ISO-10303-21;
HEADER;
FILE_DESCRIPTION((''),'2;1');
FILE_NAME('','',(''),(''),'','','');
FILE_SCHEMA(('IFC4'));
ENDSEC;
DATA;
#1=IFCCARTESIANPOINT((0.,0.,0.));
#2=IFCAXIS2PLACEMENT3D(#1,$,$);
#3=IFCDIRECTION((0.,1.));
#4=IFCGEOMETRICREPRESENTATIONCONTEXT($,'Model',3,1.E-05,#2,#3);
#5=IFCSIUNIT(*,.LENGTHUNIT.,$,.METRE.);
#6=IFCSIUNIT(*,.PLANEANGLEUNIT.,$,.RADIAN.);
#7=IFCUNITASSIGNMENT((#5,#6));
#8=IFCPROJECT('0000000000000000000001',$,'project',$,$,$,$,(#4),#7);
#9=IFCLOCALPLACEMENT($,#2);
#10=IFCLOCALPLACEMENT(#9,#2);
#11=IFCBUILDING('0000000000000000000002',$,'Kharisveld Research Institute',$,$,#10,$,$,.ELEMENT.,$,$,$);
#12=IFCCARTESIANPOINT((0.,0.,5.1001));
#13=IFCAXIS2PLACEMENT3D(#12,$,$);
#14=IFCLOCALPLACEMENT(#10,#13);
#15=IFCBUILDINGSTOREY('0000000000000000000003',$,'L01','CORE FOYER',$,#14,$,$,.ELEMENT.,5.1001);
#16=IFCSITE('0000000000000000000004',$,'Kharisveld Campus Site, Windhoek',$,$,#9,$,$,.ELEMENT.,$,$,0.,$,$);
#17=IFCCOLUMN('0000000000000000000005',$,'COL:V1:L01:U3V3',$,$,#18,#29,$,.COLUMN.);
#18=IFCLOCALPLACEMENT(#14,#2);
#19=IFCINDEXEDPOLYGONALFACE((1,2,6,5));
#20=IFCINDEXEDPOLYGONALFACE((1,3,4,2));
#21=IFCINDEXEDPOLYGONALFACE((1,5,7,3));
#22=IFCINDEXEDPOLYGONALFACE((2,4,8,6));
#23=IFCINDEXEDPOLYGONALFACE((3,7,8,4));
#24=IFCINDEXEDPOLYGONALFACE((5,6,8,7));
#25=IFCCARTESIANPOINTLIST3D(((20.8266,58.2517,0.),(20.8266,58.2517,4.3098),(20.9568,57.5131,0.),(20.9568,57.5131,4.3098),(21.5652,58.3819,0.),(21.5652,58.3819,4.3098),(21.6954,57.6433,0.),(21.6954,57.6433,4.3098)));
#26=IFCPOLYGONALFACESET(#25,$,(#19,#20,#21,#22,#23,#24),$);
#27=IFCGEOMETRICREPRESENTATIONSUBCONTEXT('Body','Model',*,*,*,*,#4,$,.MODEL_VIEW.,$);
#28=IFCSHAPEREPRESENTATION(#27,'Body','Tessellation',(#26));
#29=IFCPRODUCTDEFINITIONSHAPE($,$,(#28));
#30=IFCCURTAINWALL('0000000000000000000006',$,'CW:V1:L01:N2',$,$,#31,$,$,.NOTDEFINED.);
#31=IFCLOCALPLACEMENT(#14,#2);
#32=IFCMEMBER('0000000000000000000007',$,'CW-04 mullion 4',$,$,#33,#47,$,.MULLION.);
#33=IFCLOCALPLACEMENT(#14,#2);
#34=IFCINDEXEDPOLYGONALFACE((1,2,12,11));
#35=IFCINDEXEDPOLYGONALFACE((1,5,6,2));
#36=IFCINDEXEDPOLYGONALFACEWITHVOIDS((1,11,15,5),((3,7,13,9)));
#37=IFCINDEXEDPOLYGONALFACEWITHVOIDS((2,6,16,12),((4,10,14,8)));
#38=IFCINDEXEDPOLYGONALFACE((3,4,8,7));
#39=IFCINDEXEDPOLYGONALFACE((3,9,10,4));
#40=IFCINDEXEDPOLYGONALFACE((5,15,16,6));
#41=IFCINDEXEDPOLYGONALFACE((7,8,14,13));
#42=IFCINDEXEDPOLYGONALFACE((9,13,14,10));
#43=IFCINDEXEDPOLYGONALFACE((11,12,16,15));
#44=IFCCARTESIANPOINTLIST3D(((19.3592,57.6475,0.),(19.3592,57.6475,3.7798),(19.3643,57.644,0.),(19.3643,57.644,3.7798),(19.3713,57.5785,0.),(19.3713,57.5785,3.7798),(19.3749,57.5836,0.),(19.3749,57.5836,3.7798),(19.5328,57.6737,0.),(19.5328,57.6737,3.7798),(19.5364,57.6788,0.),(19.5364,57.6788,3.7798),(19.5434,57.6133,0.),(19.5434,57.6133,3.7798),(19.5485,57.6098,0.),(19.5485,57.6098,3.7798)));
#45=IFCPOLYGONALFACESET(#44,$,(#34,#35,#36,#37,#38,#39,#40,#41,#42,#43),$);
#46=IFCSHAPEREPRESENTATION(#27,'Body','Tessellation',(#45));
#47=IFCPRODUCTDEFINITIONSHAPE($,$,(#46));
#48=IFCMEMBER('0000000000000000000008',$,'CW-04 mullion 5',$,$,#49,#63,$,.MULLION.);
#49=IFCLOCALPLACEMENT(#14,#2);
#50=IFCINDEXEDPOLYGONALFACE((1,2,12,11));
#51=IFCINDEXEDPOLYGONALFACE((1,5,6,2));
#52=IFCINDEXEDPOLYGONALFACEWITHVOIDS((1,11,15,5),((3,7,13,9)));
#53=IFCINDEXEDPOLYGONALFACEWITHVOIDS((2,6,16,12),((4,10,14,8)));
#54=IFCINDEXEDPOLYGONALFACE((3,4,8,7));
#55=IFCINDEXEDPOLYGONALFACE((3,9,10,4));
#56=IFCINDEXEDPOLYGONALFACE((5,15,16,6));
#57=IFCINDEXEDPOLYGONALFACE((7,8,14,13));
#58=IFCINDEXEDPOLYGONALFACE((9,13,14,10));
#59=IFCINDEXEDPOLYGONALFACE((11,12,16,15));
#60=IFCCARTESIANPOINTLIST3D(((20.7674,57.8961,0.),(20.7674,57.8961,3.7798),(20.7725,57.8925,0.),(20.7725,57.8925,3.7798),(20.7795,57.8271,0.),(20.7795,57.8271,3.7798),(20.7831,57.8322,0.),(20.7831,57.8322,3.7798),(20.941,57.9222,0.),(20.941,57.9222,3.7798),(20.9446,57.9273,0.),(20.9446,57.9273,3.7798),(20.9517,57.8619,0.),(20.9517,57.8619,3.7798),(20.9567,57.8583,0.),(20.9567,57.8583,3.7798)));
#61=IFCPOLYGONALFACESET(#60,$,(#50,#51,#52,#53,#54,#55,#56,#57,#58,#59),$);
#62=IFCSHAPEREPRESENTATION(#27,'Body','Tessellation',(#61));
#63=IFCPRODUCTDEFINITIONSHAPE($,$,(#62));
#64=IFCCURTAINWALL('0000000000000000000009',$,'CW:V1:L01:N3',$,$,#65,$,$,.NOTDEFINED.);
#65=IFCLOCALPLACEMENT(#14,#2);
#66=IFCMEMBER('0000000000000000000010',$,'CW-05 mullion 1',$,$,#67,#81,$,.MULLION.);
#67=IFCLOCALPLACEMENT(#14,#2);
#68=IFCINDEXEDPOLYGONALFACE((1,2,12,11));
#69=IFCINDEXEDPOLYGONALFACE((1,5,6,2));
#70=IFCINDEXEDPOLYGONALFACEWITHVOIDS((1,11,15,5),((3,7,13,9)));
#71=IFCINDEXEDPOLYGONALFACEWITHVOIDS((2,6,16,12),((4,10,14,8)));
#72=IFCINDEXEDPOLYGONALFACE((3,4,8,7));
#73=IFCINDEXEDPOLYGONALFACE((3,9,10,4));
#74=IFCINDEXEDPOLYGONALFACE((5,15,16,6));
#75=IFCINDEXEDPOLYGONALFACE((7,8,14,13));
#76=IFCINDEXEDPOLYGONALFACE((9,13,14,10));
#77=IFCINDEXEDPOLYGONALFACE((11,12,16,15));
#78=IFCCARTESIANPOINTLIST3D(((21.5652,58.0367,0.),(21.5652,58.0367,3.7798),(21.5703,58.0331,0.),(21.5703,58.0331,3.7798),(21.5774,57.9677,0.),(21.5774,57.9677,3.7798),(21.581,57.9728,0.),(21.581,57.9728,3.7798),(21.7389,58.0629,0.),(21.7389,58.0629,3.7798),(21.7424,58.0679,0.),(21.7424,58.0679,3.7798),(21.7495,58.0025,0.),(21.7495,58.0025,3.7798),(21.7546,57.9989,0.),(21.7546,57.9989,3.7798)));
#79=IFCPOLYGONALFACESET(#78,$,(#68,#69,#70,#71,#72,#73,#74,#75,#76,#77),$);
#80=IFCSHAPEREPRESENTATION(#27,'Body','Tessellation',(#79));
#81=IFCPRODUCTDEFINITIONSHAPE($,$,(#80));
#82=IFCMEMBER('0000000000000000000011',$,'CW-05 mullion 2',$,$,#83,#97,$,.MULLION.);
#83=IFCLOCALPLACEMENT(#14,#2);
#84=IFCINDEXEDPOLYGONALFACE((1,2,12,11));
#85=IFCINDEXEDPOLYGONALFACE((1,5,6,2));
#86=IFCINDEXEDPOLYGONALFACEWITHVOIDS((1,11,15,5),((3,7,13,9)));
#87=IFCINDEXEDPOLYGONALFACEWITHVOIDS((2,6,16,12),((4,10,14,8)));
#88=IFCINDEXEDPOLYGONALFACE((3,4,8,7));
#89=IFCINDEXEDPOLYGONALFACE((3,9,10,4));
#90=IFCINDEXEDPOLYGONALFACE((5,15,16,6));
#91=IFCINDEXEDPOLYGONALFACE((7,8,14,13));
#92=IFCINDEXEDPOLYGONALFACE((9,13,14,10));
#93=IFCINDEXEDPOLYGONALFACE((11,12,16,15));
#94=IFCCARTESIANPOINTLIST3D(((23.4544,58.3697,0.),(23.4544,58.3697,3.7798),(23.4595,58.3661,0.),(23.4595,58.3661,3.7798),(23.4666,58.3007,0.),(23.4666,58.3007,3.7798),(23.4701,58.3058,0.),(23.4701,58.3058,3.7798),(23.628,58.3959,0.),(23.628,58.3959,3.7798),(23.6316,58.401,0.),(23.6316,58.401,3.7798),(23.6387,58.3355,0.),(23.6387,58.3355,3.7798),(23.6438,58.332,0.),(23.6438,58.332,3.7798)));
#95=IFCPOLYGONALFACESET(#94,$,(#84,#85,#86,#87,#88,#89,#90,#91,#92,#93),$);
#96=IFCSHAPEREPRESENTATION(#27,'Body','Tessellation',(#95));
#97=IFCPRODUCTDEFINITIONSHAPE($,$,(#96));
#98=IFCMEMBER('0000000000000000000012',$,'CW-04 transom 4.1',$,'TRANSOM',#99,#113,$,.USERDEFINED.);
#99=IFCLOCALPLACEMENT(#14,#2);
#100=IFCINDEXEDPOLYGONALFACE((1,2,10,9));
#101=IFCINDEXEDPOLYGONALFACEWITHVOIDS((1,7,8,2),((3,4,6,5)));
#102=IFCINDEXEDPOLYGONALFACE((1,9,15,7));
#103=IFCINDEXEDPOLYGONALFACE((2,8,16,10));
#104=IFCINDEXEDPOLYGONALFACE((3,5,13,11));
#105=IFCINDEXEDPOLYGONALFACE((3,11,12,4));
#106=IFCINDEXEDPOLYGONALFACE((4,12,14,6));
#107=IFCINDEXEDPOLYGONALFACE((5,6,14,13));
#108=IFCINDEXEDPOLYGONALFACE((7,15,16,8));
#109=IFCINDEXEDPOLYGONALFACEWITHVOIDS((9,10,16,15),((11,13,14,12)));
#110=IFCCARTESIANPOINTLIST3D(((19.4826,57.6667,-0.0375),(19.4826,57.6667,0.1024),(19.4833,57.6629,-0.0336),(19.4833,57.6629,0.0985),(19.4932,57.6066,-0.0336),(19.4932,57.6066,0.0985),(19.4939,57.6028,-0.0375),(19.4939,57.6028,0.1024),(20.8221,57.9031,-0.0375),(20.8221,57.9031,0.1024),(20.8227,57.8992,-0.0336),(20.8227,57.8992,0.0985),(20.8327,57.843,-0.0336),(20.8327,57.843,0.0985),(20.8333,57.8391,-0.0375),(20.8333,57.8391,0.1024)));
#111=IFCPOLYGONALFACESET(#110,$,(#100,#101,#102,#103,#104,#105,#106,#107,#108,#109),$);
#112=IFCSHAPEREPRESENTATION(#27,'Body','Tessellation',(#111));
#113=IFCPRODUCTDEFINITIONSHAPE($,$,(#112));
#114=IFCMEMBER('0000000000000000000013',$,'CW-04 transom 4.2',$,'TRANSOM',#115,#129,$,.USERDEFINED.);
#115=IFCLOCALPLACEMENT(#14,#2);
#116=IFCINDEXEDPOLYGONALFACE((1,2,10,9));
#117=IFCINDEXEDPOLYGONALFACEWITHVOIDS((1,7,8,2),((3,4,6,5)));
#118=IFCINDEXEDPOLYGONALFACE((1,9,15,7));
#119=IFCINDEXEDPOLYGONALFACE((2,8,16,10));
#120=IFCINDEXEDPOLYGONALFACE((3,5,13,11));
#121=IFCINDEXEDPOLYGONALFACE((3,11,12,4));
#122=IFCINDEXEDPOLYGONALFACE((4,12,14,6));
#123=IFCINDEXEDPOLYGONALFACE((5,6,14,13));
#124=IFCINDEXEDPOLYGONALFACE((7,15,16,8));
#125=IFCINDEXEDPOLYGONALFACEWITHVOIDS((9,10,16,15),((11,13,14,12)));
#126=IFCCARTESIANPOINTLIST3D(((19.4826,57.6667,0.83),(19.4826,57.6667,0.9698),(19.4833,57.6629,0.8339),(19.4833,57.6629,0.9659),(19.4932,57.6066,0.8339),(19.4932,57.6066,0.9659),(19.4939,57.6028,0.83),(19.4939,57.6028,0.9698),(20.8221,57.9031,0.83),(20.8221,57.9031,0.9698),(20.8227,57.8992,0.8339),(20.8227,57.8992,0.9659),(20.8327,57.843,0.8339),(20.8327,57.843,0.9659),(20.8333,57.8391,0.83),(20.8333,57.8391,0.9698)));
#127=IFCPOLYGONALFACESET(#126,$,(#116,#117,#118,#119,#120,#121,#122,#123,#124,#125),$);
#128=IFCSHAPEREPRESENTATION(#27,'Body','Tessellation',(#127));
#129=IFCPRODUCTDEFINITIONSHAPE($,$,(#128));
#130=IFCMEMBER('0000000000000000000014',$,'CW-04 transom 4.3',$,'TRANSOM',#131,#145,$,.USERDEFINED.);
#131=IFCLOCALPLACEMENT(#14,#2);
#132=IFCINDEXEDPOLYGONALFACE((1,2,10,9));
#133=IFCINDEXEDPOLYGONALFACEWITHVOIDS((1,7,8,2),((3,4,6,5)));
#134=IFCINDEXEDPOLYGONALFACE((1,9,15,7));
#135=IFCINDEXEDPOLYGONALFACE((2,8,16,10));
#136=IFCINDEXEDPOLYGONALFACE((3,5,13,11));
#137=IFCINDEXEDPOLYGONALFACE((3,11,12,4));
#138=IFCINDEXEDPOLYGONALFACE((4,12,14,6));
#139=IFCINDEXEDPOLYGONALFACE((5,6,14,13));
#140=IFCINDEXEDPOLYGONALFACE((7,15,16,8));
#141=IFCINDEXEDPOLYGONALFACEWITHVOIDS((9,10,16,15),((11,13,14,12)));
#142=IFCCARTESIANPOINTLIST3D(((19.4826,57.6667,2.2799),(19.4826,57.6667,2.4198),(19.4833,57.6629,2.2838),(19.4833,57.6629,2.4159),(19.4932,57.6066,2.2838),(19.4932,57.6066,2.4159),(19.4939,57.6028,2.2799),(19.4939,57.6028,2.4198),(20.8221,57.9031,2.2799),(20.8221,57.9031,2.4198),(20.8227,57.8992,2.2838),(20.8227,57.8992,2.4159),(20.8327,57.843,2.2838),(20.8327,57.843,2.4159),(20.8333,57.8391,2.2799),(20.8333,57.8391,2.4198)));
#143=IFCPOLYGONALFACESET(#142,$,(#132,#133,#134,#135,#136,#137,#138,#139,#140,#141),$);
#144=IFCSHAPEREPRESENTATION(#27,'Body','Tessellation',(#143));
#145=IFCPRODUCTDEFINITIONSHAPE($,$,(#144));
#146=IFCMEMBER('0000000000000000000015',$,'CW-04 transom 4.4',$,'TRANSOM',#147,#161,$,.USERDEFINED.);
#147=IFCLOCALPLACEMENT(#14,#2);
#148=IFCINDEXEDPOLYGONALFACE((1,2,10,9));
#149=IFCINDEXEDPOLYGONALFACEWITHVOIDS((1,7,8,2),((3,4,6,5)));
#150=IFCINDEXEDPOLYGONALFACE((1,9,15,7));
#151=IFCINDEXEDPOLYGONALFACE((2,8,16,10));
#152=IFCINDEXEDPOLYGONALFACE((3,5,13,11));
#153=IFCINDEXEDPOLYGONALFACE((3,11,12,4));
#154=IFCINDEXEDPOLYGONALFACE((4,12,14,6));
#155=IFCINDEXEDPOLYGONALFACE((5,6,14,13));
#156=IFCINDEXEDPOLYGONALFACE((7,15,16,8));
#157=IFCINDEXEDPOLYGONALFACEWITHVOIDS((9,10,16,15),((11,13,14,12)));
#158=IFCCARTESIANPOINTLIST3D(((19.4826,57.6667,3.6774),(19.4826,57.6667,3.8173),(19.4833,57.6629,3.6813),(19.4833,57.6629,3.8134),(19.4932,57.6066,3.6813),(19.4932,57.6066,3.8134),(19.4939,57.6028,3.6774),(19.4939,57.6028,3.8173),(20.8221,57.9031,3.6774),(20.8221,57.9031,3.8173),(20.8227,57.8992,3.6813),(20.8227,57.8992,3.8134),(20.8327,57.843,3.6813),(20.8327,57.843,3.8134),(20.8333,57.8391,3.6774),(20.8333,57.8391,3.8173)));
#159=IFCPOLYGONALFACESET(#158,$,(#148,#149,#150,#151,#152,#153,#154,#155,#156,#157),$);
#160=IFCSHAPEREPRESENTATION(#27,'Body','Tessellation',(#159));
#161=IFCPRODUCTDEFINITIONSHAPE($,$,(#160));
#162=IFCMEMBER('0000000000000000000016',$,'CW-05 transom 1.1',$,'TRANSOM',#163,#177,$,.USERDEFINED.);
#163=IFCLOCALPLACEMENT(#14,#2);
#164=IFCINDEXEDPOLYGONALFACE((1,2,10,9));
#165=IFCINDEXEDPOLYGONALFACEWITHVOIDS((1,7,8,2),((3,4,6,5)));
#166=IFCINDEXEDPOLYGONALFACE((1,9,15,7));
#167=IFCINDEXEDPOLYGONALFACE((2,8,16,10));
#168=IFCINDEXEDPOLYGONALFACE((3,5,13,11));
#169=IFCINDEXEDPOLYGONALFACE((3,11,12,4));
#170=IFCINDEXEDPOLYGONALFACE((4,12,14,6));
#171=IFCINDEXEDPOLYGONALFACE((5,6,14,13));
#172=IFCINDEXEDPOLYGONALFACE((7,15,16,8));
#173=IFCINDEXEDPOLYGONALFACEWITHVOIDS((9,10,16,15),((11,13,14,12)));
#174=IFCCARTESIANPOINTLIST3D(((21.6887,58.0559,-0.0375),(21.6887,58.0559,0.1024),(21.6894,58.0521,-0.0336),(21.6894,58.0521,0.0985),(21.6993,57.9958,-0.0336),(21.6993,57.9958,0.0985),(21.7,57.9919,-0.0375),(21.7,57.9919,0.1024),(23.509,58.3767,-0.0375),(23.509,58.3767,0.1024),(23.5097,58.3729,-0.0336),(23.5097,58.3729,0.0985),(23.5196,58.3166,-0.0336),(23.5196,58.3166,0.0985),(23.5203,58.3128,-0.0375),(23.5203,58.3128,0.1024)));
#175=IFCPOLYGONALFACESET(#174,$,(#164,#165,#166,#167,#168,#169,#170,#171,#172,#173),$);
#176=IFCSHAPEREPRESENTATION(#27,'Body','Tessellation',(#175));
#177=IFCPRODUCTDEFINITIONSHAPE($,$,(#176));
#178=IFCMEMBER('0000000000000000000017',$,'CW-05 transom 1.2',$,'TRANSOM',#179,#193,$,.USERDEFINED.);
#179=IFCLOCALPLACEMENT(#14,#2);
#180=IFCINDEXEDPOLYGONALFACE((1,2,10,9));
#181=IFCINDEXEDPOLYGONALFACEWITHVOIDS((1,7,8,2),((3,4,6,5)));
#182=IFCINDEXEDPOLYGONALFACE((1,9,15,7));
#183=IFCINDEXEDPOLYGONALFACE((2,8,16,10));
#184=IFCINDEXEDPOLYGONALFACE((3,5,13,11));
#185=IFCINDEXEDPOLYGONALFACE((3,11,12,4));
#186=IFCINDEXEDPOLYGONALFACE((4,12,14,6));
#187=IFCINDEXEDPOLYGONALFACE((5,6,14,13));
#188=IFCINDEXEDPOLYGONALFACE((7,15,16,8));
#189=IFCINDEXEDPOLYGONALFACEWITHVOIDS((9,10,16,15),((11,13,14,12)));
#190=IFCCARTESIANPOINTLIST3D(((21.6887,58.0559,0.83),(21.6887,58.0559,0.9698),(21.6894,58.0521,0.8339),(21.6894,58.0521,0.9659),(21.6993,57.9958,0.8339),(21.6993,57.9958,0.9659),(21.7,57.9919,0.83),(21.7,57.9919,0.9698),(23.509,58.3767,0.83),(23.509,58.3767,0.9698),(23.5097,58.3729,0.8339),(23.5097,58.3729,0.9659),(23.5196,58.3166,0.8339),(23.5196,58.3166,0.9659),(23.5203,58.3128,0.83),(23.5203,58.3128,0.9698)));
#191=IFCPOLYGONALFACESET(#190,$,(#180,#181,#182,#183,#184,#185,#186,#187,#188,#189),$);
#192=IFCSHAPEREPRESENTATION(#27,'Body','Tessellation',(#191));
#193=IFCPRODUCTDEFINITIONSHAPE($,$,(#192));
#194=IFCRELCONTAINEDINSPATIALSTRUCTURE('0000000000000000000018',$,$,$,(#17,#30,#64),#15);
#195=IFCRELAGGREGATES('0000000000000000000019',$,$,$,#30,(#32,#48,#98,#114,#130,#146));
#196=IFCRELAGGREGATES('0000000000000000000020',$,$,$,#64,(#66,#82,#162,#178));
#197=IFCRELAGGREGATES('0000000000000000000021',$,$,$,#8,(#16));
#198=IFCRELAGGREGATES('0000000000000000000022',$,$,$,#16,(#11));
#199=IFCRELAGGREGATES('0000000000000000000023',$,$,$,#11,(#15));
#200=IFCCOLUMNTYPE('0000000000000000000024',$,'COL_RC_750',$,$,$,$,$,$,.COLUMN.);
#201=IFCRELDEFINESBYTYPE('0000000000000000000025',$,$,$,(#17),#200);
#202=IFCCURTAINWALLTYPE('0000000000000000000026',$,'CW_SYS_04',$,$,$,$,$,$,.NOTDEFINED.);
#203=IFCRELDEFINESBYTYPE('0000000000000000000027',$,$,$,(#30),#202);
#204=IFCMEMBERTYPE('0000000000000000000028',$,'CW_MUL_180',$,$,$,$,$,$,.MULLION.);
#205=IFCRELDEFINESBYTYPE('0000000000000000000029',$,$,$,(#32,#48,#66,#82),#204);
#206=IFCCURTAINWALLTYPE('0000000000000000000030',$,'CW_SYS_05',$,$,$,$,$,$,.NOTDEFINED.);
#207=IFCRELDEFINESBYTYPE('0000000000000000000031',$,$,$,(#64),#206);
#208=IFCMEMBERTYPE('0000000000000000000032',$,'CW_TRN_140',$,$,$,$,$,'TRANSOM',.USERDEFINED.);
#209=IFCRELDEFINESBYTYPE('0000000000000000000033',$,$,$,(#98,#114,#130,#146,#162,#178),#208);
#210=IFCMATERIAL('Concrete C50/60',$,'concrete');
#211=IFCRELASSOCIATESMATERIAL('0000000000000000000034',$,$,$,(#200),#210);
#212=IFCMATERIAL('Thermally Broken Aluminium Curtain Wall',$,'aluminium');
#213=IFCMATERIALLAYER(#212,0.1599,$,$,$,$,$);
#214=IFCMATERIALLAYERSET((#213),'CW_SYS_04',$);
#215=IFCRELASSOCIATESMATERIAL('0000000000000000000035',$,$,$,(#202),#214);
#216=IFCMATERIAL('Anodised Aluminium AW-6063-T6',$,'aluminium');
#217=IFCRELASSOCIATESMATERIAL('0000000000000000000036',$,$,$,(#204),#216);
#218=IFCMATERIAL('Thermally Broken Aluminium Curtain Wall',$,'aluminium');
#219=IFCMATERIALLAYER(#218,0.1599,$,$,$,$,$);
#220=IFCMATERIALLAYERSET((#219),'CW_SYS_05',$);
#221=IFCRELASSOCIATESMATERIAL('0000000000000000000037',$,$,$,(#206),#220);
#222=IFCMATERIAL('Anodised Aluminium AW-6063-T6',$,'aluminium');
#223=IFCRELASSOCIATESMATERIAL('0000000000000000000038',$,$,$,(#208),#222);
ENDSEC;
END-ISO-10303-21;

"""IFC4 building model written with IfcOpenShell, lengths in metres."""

from ifc_helpers import new_model, si_unit, direction, frame, origin, origin_2d, place, context, subcontext, project, spatial, rectangle, hollow_rectangle, extrude, material, layer, layer_set, material_profile, profile_set, type_object, element, aggregate, save


model = new_model("IFC4")

# Units and contexts
model_context = context("Model", 3, precision=1e-05, world=origin(), true_north=direction((0.0, 1.0)))
body_context = subcontext(model_context, "Body", "Model", "MODEL_VIEW")
ifc_project = project(units=[si_unit("LENGTHUNIT", "METRE"), si_unit("PLANEANGLEUNIT", "RADIAN")], contexts=[model_context])

# Site, building, storey
site_placement = place(None, origin())
site = spatial("IfcSite", under=ifc_project, at=site_placement, Name="Kharisveld Campus Site, Windhoek", CompositionType="ELEMENT", RefElevation=0.0)
building_placement = place(site_placement, origin())
building = spatial("IfcBuilding", under=site, at=building_placement, Name="Kharisveld Research Institute", CompositionType="ELEMENT")
storey_placement = place(building_placement, frame((0.0, 0.0, 5.1001)))
storey = spatial("IfcBuildingStorey", under=building, at=storey_placement, Name="L01", Description="CORE FOYER", CompositionType="ELEMENT", Elevation=5.1001)

# Column
ifc_material_1 = material(Name="Concrete C50/60", Category="concrete")
ifc_material_profile_1 = material_profile(ifc_material_1, rectangle(XDim=0.75, YDim=0.75, at=origin_2d()))
ifc_profile_set_1 = profile_set([ifc_material_profile_1], Name="Concrete C50/60")
column_type = type_object("IfcColumnType", Name="COL_RC_750", PredefinedType="COLUMN", material=ifc_profile_set_1)
column_placement = place(storey_placement, frame((21.261, 57.9475, 0.0), z_axis=(0.0, 0.0, 1.0), x_axis=(0.984808, 0.173648, 0.0)))
element("IfcColumn", 1, at=column_placement, inside=storey, type_object=column_type, Name="COL:V1:L01:U3V3", PredefinedType="COLUMN", context=body_context, shape_type="SweptSolid", body=[
    extrude(rectangle(XDim=0.75, YDim=0.75, at=origin_2d()), origin(), (0.0, 0.0, 1.0), 4.3098),
])

# Curtain walls, members
ifc_material_2 = material(Name="Thermally Broken Aluminium Curtain Wall", Category="aluminium")
ifc_layer_1 = layer(ifc_material_2, 0.1599)
ifc_layer_set_1 = layer_set([ifc_layer_1], Name="CW_SYS_04")
curtain_wall_type_1 = type_object("IfcCurtainWallType", Name="CW_SYS_04", PredefinedType="NOTDEFINED", material=ifc_layer_set_1)
curtain_wall_1_placement = place(storey_placement, origin())
curtain_wall_1 = element("IfcCurtainWall", 2, at=curtain_wall_1_placement, inside=storey, type_object=curtain_wall_type_1, Name="CW:V1:L01:N2", PredefinedType="NOTDEFINED")
ifc_material_3 = material(Name="Anodised Aluminium AW-6063-T6", Category="aluminium")
ifc_material_profile_2 = material_profile(ifc_material_3, hollow_rectangle(XDim=0.0701, YDim=0.1799, WallThickness=0.0044, at=origin_2d()))
ifc_profile_set_2 = profile_set([ifc_material_profile_2], Name="Anodised Aluminium AW-6063-T6")
member_type_1 = type_object("IfcMemberType", Name="CW_MUL_180", PredefinedType="MULLION", material=ifc_profile_set_2)
member_1_placement = place(storey_placement, frame((19.4539, 57.6287, 0.0), z_axis=(0.0, 0.0, 1.0), x_axis=(-0.173648, 0.984808, 0.0)))
member_1 = element("IfcMember", 3, at=member_1_placement, type_object=member_type_1, Name="CW-04 mullion 4", PredefinedType="MULLION", context=body_context, shape_type="SweptSolid", body=[
    extrude(hollow_rectangle(XDim=0.0701, YDim=0.1799, WallThickness=0.0044, at=origin_2d()), origin(), (0.0, 0.0, 1.0), 3.7798),
])
member_2_placement = place(storey_placement, frame((20.8621, 57.8772, 0.0), z_axis=(0.0, 0.0, 1.0), x_axis=(-0.173648, 0.984808, 0.0)))
member_2 = element("IfcMember", 4, at=member_2_placement, type_object=member_type_1, Name="CW-04 mullion 5", PredefinedType="MULLION", context=body_context, shape_type="SweptSolid", body=[
    extrude(hollow_rectangle(XDim=0.0701, YDim=0.1799, WallThickness=0.0044, at=origin_2d()), origin(), (0.0, 0.0, 1.0), 3.7798),
])
ifc_material_4 = material(Name="Thermally Broken Aluminium Curtain Wall", Category="aluminium")
ifc_layer_2 = layer(ifc_material_4, 0.1599)
ifc_layer_set_2 = layer_set([ifc_layer_2], Name="CW_SYS_05")
curtain_wall_type_2 = type_object("IfcCurtainWallType", Name="CW_SYS_05", PredefinedType="NOTDEFINED", material=ifc_layer_set_2)
curtain_wall_2_placement = place(storey_placement, origin())
curtain_wall_2 = element("IfcCurtainWall", 5, at=curtain_wall_2_placement, inside=storey, type_object=curtain_wall_type_2, Name="CW:V1:L01:N3", PredefinedType="NOTDEFINED")
member_3_placement = place(storey_placement, frame((21.6599, 58.0178, 0.0), z_axis=(0.0, 0.0, 1.0), x_axis=(-0.173648, 0.984808, 0.0)))
member_3 = element("IfcMember", 6, at=member_3_placement, type_object=member_type_1, Name="CW-05 mullion 1", PredefinedType="MULLION", context=body_context, shape_type="SweptSolid", body=[
    extrude(hollow_rectangle(XDim=0.0701, YDim=0.1799, WallThickness=0.0044, at=origin_2d()), origin(), (0.0, 0.0, 1.0), 3.7798),
])
member_4_placement = place(storey_placement, frame((23.5491, 58.3508, 0.0), z_axis=(0.0, 0.0, 1.0), x_axis=(-0.173648, 0.984808, 0.0)))
member_4 = element("IfcMember", 7, at=member_4_placement, type_object=member_type_1, Name="CW-05 mullion 2", PredefinedType="MULLION", context=body_context, shape_type="SweptSolid", body=[
    extrude(hollow_rectangle(XDim=0.0701, YDim=0.1799, WallThickness=0.0044, at=origin_2d()), origin(), (0.0, 0.0, 1.0), 3.7798),
])

# Members
ifc_material_5 = material(Name="Anodised Aluminium AW-6063-T6", Category="aluminium")
ifc_material_profile_3 = material_profile(ifc_material_5, hollow_rectangle(XDim=0.0649, YDim=0.1399, WallThickness=0.0039, at=origin_2d()))
ifc_profile_set_3 = profile_set([ifc_material_profile_3], Name="Anodised Aluminium AW-6063-T6")
member_type_2 = type_object("IfcMemberType", Name="CW_TRN_140", ElementType="TRANSOM", PredefinedType="USERDEFINED", material=ifc_profile_set_3)
member_5_placement = place(storey_placement, frame((19.4883, 57.6348, 0.0325), z_axis=(0.984787, 0.173765, 0.0), x_axis=(-0.173765, 0.984787, 0.0)))
member_5 = element("IfcMember", 8, at=member_5_placement, type_object=member_type_2, Name="CW-04 transom 4.1", ObjectType="TRANSOM", PredefinedType="USERDEFINED", context=body_context, shape_type="SweptSolid", body=[
    extrude(hollow_rectangle(XDim=0.0649, YDim=0.1399, WallThickness=0.0039, at=origin_2d()), origin(), (0.0, 0.0, 1.0), 1.3601),
])
member_6_placement = place(storey_placement, frame((19.4883, 57.6348, 0.8999), z_axis=(0.984787, 0.173765, 0.0), x_axis=(-0.173765, 0.984787, 0.0)))
member_6 = element("IfcMember", 9, at=member_6_placement, type_object=member_type_2, Name="CW-04 transom 4.2", ObjectType="TRANSOM", PredefinedType="USERDEFINED", context=body_context, shape_type="SweptSolid", body=[
    extrude(hollow_rectangle(XDim=0.0649, YDim=0.1399, WallThickness=0.0039, at=origin_2d()), origin(), (0.0, 0.0, 1.0), 1.3601),
])
member_7_placement = place(storey_placement, frame((19.4883, 57.6348, 2.3499), z_axis=(0.984787, 0.173765, 0.0), x_axis=(-0.173765, 0.984787, 0.0)))
member_7 = element("IfcMember", 10, at=member_7_placement, type_object=member_type_2, Name="CW-04 transom 4.3", ObjectType="TRANSOM", PredefinedType="USERDEFINED", context=body_context, shape_type="SweptSolid", body=[
    extrude(hollow_rectangle(XDim=0.0649, YDim=0.1399, WallThickness=0.0039, at=origin_2d()), origin(), (0.0, 0.0, 1.0), 1.3601),
])
member_8_placement = place(storey_placement, frame((19.4883, 57.6348, 3.7473), z_axis=(0.984787, 0.173765, 0.0), x_axis=(-0.173765, 0.984787, 0.0)))
member_8 = element("IfcMember", 11, at=member_8_placement, type_object=member_type_2, Name="CW-04 transom 4.4", ObjectType="TRANSOM", PredefinedType="USERDEFINED", context=body_context, shape_type="SweptSolid", body=[
    extrude(hollow_rectangle(XDim=0.0649, YDim=0.1399, WallThickness=0.0039, at=origin_2d()), origin(), (0.0, 0.0, 1.0), 1.3601),
])
member_9_placement = place(storey_placement, frame((21.6943, 58.0239, 0.0325), z_axis=(0.984823, 0.173559, 0.0), x_axis=(-0.173559, 0.984823, 0.0)))
member_9 = element("IfcMember", 12, at=member_9_placement, type_object=member_type_2, Name="CW-05 transom 1.1", ObjectType="TRANSOM", PredefinedType="USERDEFINED", context=body_context, shape_type="SweptSolid", body=[
    extrude(hollow_rectangle(XDim=0.0649, YDim=0.1399, WallThickness=0.0039, at=origin_2d()), origin(), (0.0, 0.0, 1.0), 1.8484),
])
member_10_placement = place(storey_placement, frame((21.6943, 58.0239, 0.8999), z_axis=(0.984823, 0.173559, 0.0), x_axis=(-0.173559, 0.984823, 0.0)))
member_10 = element("IfcMember", 13, at=member_10_placement, type_object=member_type_2, Name="CW-05 transom 1.2", ObjectType="TRANSOM", PredefinedType="USERDEFINED", context=body_context, shape_type="SweptSolid", body=[
    extrude(hollow_rectangle(XDim=0.0649, YDim=0.1399, WallThickness=0.0039, at=origin_2d()), origin(), (0.0, 0.0, 1.0), 1.8484),
])

aggregate(curtain_wall_1, [member_1, member_2, member_5, member_6, member_7, member_8])
aggregate(curtain_wall_2, [member_3, member_4, member_9, member_10])

save(model, "model.ifc")
